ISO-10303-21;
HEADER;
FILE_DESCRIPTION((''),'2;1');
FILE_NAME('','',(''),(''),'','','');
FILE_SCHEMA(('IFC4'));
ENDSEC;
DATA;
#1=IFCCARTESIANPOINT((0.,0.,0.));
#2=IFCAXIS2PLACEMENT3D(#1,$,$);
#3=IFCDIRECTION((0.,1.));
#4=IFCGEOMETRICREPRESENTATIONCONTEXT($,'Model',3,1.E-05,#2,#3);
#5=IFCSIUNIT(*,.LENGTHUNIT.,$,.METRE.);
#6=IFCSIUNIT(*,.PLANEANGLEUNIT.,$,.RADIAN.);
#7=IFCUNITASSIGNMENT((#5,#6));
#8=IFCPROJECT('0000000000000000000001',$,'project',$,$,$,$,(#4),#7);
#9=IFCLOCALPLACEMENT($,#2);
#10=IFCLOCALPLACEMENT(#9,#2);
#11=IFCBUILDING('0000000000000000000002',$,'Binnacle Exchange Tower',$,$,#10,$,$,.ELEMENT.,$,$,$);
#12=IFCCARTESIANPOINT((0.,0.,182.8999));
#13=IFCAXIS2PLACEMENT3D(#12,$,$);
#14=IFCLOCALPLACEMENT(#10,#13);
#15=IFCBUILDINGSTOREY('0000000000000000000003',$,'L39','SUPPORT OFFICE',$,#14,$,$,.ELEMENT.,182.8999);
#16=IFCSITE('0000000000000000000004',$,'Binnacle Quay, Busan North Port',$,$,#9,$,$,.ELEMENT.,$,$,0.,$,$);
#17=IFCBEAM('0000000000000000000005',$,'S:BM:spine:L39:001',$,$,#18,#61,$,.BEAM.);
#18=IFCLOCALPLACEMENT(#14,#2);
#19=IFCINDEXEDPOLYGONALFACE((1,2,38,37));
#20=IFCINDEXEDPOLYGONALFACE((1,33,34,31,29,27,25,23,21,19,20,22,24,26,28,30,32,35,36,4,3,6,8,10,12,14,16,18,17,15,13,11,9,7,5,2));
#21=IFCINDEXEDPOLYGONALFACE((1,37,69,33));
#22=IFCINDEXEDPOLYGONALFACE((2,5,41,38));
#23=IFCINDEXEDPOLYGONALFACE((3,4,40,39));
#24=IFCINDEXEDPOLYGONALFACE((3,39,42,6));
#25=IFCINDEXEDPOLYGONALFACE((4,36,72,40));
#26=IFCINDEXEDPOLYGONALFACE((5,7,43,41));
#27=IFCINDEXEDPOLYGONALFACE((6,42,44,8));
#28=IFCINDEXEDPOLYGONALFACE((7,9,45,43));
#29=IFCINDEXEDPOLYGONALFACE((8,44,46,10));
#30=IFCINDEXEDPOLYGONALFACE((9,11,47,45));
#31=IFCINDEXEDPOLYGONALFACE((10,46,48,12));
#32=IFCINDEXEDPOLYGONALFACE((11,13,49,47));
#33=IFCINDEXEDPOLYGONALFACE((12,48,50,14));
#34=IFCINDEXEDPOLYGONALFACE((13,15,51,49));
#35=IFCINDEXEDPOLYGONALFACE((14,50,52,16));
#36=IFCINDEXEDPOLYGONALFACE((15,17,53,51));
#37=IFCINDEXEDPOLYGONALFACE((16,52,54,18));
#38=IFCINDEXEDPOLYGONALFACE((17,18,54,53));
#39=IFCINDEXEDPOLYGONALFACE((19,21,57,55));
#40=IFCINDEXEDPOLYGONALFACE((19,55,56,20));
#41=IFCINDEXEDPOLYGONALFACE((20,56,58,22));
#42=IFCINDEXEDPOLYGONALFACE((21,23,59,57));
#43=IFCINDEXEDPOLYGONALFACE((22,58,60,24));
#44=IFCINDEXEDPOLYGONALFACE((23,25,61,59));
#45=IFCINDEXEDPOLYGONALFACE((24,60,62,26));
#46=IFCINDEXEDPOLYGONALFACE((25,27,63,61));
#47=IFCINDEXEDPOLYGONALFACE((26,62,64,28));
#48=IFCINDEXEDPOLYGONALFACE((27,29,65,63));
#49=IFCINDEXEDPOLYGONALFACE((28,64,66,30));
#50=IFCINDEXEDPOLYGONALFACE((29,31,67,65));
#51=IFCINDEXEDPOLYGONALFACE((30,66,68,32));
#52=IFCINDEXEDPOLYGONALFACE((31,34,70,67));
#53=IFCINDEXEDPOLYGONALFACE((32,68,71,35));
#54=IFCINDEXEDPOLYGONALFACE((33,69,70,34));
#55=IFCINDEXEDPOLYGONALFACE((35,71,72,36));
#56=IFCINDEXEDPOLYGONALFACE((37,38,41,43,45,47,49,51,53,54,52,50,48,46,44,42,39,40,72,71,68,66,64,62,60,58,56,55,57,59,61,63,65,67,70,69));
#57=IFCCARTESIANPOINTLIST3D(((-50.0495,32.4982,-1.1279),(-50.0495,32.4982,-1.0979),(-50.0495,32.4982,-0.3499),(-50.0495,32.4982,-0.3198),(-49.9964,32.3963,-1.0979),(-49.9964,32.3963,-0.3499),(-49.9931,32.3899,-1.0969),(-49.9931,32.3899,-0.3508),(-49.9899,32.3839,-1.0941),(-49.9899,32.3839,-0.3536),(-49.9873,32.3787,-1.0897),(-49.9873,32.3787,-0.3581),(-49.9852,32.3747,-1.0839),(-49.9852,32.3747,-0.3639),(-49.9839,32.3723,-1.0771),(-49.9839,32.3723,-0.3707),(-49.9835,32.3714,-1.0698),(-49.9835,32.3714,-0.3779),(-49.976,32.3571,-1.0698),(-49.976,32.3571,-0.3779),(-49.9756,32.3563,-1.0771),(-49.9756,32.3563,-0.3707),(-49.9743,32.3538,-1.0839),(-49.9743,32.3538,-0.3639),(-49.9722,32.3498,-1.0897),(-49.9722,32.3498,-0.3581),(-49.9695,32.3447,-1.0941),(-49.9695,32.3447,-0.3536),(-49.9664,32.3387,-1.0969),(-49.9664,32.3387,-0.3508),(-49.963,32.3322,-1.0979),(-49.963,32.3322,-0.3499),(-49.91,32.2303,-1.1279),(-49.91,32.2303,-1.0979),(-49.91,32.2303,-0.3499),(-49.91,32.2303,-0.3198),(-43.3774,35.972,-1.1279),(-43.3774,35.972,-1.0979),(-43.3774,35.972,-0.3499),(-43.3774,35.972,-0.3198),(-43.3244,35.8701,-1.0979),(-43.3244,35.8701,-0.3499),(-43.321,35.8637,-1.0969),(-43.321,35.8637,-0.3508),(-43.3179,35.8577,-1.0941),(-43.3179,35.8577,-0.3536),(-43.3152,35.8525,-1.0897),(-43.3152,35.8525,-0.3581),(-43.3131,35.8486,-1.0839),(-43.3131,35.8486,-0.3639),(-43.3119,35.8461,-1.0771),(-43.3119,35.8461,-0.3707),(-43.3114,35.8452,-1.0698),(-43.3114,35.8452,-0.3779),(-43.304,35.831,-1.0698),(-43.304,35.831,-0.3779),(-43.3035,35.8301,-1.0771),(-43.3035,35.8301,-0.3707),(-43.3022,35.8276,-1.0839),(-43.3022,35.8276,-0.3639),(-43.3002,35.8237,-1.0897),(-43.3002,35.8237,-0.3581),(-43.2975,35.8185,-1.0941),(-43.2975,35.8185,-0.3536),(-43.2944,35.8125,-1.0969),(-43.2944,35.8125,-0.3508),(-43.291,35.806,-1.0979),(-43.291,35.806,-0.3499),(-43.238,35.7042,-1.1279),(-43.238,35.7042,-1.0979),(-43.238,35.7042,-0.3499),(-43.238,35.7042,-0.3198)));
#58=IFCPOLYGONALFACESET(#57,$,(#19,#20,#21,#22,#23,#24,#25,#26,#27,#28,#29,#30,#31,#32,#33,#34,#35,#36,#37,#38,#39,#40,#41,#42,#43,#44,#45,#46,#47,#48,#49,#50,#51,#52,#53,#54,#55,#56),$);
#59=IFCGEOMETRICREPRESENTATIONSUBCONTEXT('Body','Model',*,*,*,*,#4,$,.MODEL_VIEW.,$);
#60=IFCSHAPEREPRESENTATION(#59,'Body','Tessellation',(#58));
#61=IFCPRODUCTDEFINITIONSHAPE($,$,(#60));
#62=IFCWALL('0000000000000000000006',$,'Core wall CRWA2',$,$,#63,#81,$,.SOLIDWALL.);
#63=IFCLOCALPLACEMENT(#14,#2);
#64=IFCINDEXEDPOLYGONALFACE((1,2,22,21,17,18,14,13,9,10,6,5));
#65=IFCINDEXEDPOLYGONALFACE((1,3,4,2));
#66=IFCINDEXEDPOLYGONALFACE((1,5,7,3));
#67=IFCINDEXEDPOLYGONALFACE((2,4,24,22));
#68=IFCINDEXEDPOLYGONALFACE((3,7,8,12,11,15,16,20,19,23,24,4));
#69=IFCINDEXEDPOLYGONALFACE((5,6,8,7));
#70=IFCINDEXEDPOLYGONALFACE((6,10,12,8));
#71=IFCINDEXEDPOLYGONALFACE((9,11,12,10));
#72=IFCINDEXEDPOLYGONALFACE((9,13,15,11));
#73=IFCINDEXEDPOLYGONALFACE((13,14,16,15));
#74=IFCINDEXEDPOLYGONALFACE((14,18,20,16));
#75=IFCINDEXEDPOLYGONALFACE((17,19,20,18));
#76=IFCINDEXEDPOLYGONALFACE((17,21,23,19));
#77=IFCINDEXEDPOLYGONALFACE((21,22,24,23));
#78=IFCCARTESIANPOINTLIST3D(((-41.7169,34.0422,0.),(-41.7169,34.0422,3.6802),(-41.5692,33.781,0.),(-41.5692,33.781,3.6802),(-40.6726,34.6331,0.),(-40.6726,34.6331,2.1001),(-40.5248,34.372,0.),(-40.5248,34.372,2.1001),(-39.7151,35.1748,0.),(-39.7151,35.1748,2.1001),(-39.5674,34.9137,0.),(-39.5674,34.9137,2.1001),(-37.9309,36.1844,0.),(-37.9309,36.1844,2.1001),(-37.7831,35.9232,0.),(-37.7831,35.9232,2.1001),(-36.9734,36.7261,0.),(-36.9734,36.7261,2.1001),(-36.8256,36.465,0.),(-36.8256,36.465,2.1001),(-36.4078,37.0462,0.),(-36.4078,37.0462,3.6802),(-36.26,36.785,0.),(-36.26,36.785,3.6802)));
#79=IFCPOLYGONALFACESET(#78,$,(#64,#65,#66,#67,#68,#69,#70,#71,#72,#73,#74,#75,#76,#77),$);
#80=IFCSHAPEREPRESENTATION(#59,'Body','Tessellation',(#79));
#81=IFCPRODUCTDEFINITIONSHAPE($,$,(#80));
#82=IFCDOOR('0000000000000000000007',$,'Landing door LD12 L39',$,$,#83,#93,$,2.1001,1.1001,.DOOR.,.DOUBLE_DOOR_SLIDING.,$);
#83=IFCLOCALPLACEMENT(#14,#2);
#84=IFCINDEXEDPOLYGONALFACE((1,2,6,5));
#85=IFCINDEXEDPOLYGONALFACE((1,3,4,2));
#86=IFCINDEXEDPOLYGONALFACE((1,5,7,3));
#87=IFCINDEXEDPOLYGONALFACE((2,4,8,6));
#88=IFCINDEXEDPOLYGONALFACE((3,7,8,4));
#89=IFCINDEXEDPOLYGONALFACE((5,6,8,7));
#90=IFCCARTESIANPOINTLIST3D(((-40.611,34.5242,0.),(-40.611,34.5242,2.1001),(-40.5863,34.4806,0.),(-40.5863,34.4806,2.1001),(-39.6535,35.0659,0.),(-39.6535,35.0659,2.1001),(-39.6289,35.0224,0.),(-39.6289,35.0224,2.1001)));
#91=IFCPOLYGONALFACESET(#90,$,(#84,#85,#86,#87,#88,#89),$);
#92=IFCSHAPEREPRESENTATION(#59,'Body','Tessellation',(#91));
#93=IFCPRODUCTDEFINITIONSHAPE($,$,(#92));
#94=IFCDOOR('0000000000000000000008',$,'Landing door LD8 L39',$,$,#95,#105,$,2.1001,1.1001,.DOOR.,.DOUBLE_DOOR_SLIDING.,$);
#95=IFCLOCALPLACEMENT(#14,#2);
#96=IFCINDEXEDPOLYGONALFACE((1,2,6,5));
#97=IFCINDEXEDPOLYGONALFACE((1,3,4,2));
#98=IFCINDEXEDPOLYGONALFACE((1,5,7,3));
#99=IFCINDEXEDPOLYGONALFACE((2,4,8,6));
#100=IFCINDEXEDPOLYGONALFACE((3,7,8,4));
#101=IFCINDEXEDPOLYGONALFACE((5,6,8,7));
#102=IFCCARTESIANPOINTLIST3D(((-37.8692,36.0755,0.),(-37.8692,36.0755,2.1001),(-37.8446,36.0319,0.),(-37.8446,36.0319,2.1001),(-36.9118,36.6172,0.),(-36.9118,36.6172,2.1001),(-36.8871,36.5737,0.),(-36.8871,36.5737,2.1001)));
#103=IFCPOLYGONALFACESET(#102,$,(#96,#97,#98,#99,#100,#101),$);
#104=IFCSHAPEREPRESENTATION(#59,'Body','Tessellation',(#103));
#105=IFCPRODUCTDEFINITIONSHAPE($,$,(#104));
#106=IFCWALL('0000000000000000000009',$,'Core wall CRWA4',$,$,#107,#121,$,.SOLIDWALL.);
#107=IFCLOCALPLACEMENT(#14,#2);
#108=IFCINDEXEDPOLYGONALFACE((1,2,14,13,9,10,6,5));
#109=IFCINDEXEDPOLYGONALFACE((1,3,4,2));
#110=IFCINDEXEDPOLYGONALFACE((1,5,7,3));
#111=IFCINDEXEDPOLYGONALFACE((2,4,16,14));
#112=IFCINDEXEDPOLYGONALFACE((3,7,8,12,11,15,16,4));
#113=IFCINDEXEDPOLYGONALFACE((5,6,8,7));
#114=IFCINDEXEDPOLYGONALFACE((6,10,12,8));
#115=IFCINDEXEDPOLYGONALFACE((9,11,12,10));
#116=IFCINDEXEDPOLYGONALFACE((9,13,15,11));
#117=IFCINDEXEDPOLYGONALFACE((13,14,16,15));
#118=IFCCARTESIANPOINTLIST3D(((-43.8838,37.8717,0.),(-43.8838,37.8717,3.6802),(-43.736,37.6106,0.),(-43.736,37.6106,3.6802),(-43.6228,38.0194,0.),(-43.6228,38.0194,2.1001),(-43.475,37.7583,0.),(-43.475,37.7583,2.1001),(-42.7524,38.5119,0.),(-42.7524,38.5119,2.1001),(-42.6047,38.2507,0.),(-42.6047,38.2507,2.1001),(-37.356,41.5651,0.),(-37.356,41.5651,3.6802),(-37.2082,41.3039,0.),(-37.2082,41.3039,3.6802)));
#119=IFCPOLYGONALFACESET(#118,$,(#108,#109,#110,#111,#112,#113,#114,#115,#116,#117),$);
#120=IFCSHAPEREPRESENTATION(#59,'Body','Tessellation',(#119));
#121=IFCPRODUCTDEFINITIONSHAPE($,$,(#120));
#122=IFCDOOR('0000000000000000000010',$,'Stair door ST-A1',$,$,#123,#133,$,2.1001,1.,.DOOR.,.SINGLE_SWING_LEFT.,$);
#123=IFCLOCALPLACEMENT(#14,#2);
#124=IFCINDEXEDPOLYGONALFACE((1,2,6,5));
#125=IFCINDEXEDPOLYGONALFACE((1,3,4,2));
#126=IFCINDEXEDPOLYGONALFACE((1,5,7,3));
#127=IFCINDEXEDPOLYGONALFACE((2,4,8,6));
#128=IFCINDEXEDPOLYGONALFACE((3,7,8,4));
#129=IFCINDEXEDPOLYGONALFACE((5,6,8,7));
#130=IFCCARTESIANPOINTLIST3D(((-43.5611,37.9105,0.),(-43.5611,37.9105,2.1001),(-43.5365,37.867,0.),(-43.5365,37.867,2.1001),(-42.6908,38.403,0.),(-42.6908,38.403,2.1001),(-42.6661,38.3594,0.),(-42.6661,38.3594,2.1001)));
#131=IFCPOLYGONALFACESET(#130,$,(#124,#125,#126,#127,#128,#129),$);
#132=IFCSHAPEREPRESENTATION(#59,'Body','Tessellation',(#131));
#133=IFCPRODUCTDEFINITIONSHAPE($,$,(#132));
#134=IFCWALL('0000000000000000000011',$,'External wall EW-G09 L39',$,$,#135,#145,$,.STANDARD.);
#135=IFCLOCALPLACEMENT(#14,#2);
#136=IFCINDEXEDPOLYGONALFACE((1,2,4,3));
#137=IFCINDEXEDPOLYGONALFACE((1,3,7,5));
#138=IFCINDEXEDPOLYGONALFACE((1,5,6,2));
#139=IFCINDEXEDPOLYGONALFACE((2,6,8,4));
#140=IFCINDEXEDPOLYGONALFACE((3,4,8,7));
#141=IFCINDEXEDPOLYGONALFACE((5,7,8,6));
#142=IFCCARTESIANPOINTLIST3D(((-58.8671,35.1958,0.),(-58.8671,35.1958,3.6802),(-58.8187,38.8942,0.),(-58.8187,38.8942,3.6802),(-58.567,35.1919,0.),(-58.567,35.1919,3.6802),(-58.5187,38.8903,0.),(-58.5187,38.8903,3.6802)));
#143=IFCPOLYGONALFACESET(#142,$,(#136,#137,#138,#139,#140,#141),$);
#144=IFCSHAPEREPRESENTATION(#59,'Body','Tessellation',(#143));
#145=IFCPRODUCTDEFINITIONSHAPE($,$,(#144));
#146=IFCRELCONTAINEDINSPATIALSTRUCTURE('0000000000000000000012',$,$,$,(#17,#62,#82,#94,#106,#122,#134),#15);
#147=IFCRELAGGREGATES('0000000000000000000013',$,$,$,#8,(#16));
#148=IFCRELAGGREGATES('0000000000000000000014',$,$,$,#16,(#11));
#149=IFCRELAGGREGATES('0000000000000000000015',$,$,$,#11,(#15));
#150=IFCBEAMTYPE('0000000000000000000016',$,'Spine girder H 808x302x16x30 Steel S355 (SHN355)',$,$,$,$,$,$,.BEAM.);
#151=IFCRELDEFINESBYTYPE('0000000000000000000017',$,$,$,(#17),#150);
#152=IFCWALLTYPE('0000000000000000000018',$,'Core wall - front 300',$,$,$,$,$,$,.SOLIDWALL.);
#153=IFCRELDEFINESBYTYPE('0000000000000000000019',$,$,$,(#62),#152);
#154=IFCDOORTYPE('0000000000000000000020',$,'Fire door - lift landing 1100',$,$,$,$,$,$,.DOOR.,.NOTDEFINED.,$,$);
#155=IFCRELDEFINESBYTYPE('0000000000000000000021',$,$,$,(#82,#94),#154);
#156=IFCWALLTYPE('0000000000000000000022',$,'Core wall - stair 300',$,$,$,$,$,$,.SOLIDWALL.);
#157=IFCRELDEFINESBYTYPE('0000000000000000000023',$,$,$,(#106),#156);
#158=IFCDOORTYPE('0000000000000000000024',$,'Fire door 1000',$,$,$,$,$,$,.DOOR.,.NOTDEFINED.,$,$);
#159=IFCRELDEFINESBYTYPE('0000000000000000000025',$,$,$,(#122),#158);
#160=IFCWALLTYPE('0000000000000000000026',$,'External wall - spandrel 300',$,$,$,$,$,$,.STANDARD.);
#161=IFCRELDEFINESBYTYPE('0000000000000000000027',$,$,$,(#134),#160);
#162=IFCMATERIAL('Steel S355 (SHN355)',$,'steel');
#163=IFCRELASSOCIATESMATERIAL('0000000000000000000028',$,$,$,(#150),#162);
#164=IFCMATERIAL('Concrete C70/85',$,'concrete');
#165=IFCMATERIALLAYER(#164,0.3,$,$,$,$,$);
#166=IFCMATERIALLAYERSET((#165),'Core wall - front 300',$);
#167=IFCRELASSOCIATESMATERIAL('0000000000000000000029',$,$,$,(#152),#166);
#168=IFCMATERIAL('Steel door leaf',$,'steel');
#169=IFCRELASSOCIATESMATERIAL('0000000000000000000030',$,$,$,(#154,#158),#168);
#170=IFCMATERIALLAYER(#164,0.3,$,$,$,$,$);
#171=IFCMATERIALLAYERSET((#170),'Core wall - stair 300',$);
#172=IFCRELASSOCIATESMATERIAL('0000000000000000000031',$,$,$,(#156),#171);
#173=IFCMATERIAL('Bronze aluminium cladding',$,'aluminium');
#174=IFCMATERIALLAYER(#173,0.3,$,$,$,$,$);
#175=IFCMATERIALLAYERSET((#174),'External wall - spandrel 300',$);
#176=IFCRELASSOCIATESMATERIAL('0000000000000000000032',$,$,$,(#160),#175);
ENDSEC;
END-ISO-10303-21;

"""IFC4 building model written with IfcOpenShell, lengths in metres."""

from ifc_helpers import new_model, si_unit, direction, frame, frame_2d, origin, origin_2d, place, context, subcontext, project, spatial, rectangle, i_section, extrude, material, layer, layer_set, material_profile, profile_set, type_object, element, fill, save


model = new_model("IFC4")

# Units and contexts
model_context = context("Model", 3, precision=1e-05, world=origin(), true_north=direction((0.0, 1.0)))
body_context = subcontext(model_context, "Body", "Model", "MODEL_VIEW")
ifc_project = project(units=[si_unit("LENGTHUNIT", "METRE"), si_unit("PLANEANGLEUNIT", "RADIAN")], contexts=[model_context])

# Site, building, storey
site_placement = place(None, origin())
site = spatial("IfcSite", under=ifc_project, at=site_placement, Name="Binnacle Quay, Busan North Port", CompositionType="ELEMENT", RefElevation=0.0)
building_placement = place(site_placement, origin())
building = spatial("IfcBuilding", under=site, at=building_placement, Name="Binnacle Exchange Tower", CompositionType="ELEMENT")
storey_placement = place(building_placement, frame((0.0, 0.0, 182.8999)))
storey = spatial("IfcBuildingStorey", under=building, at=storey_placement, Name="L39", Description="SUPPORT OFFICE", CompositionType="ELEMENT", Elevation=182.8999)

# Shared definitions
ifc_material_1 = material(Name="Concrete C70/85", Category="concrete")

# Beam
ifc_material_2 = material(Name="Steel S355 (SHN355)", Category="steel")
ifc_material_profile_1 = material_profile(ifc_material_2, i_section(OverallWidth=0.302, OverallDepth=0.8081, WebThickness=0.0161, FlangeThickness=0.03, FilletRadius=0.0281, at=origin_2d()), Name="H 808x302x16x30")
ifc_profile_set_1 = profile_set([ifc_material_profile_1], Name="Steel S355 (SHN355)")
beam_type_1 = type_object("IfcBeamType", Name="Spine girder H 808x302x16x30 Steel S355 (SHN355)", PredefinedType="BEAM", material=ifc_profile_set_1)
beam_1_placement = place(storey_placement, frame((-49.9797, 32.3643, -0.7239), z_axis=(0.886979, 0.46181, 0.0), x_axis=(-0.46181, 0.886979, 0.0)))
element("IfcBeam", 1, at=beam_1_placement, inside=storey, type_object=beam_type_1, Name="S:BM:spine:L39:001", PredefinedType="BEAM", context=body_context, shape_type="SweptSolid", body=[
    extrude(i_section(OverallWidth=0.302, OverallDepth=0.8081, WebThickness=0.0161, FlangeThickness=0.03, FilletRadius=0.0281, at=origin_2d()), origin(), (0.0, 0.0, 1.0), 7.5222),
])

# Wall, openings, doors
ifc_layer_1 = layer(ifc_material_1, 0.3)
ifc_layer_set_1 = layer_set([ifc_layer_1], Name="Core wall - front 300")
wall_type_1 = type_object("IfcWallType", Name="Core wall - front 300", PredefinedType="SOLIDWALL", material=ifc_layer_set_1)
wall_1_placement = place(storey_placement, frame((-41.6431, 33.9116, 0.0), z_axis=(0.0, 0.0, 1.0), x_axis=(0.870344, 0.492445, 0.0)))
wall_1 = element("IfcWall", 2, at=wall_1_placement, inside=storey, type_object=wall_type_1, Name="Core wall CRWA2", PredefinedType="SOLIDWALL", context=body_context, shape_type="SweptSolid", body=[
    extrude(rectangle(XDim=6.1001, YDim=0.3, at=frame_2d((3.05, 0.0))), origin(), (0.0, 0.0, 1.0), 3.6802),
])
opening_1_placement = place(wall_1_placement, frame((1.2, 0.0, 0.0)))
opening_1 = element("IfcOpeningElement", 3, at=opening_1_placement, cuts=wall_1, PredefinedType="OPENING", context=body_context, shape_type="SweptSolid", body=[
    extrude(rectangle(XDim=1.1001, YDim=2.1001, at=frame_2d((0.55, 1.05))), frame((0.0, 0.1599, 0.0), z_axis=(0.0, -1.0, 0.0), x_axis=(1.0, 0.0, 0.0)), (0.0, 0.0, 1.0), 0.3201),
])
opening_2_placement = place(wall_1_placement, frame((4.3501, 0.0, 0.0)))
opening_2 = element("IfcOpeningElement", 4, at=opening_2_placement, cuts=wall_1, PredefinedType="OPENING", context=body_context, shape_type="SweptSolid", body=[
    extrude(rectangle(XDim=1.1001, YDim=2.1001, at=frame_2d((0.55, 1.05))), frame((0.0, 0.1599, 0.0), z_axis=(0.0, -1.0, 0.0), x_axis=(1.0, 0.0, 0.0)), (0.0, 0.0, 1.0), 0.3201),
])
ifc_material_3 = material(Name="Steel door leaf", Category="steel")
door_type_1 = type_object("IfcDoorType", Name="Fire door - lift landing 1100", OperationType="NOTDEFINED", PredefinedType="DOOR", material=ifc_material_3)
door_1_placement = place(opening_1_placement, origin())
door_1 = element("IfcDoor", 5, at=door_1_placement, inside=storey, type_object=door_type_1, Name="Landing door LD12 L39", OperationType="DOUBLE_DOOR_SLIDING", OverallHeight=2.1001, OverallWidth=1.1001, PredefinedType="DOOR", context=body_context, shape_type="SweptSolid", body=[
    extrude(rectangle(XDim=1.1001, YDim=2.1001, at=frame_2d((0.55, 1.05))), frame((0.0, 0.0249, 0.0), z_axis=(0.0, -1.0, 0.0), x_axis=(1.0, 0.0, 0.0)), (0.0, 0.0, 1.0), 0.05),
])
fill(opening_1, door_1)
door_2_placement = place(opening_2_placement, origin())
door_2 = element("IfcDoor", 6, at=door_2_placement, inside=storey, type_object=door_type_1, Name="Landing door LD8 L39", OperationType="DOUBLE_DOOR_SLIDING", OverallHeight=2.1001, OverallWidth=1.1001, PredefinedType="DOOR", context=body_context, shape_type="SweptSolid", body=[
    extrude(rectangle(XDim=1.1001, YDim=2.1001, at=frame_2d((0.55, 1.05))), frame((0.0, 0.0249, 0.0), z_axis=(0.0, -1.0, 0.0), x_axis=(1.0, 0.0, 0.0)), (0.0, 0.0, 1.0), 0.05),
])
fill(opening_2, door_2)

# Wall, opening, door
ifc_layer_2 = layer(ifc_material_1, 0.3)
ifc_layer_set_2 = layer_set([ifc_layer_2], Name="Core wall - stair 300")
wall_type_2 = type_object("IfcWallType", Name="Core wall - stair 300", PredefinedType="SOLIDWALL", material=ifc_layer_set_2)
wall_2_placement = place(storey_placement, frame((-43.8098, 37.7412, 0.0), z_axis=(0.0, 0.0, 1.0), x_axis=(0.870351, 0.492433, 0.0)))
wall_2 = element("IfcWall", 7, at=wall_2_placement, inside=storey, type_object=wall_type_2, Name="Core wall CRWA4", PredefinedType="SOLIDWALL", context=body_context, shape_type="SweptSolid", body=[
    extrude(rectangle(XDim=7.5002, YDim=0.3, at=frame_2d((3.75, 0.0))), origin(), (0.0, 0.0, 1.0), 3.6802),
])
opening_3_placement = place(wall_2_placement, frame((0.2998, 0.0, 0.0)))
opening_3 = element("IfcOpeningElement", 8, at=opening_3_placement, cuts=wall_2, PredefinedType="OPENING", context=body_context, shape_type="SweptSolid", body=[
    extrude(rectangle(XDim=1.0, YDim=2.1001, at=frame_2d((0.5, 1.05))), frame((0.0, 0.1599, 0.0), z_axis=(0.0, -1.0, 0.0), x_axis=(1.0, 0.0, 0.0)), (0.0, 0.0, 1.0), 0.3201),
])
door_type_2 = type_object("IfcDoorType", Name="Fire door 1000", OperationType="NOTDEFINED", PredefinedType="DOOR", material=ifc_material_3)
door_3_placement = place(opening_3_placement, origin())
door_3 = element("IfcDoor", 9, at=door_3_placement, inside=storey, type_object=door_type_2, Name="Stair door ST-A1", OperationType="SINGLE_SWING_LEFT", OverallHeight=2.1001, OverallWidth=1.0, PredefinedType="DOOR", context=body_context, shape_type="SweptSolid", body=[
    extrude(rectangle(XDim=1.0, YDim=2.1001, at=frame_2d((0.5, 1.05))), frame((0.0, 0.0249, 0.0), z_axis=(0.0, -1.0, 0.0), x_axis=(1.0, 0.0, 0.0)), (0.0, 0.0, 1.0), 0.05),
])
fill(opening_3, door_3)

# Wall
ifc_material_4 = material(Name="Bronze aluminium cladding", Category="aluminium")
ifc_layer_3 = layer(ifc_material_4, 0.3)
ifc_layer_set_3 = layer_set([ifc_layer_3], Name="External wall - spandrel 300")
wall_type_3 = type_object("IfcWallType", Name="External wall - spandrel 300", PredefinedType="STANDARD", material=ifc_layer_set_3)
wall_3_placement = place(storey_placement, frame((-58.717, 35.1938, 0.0), z_axis=(0.0, 0.0, 1.0), x_axis=(0.013069, 0.999915, 0.0)))
element("IfcWall", 10, at=wall_3_placement, inside=storey, type_object=wall_type_3, Name="External wall EW-G09 L39", PredefinedType="STANDARD", context=body_context, shape_type="SweptSolid", body=[
    extrude(rectangle(XDim=3.6987, YDim=0.3, at=frame_2d((1.8494, 0.0))), origin(), (0.0, 0.0, 1.0), 3.6802),
])

save(model, "model.ifc")
